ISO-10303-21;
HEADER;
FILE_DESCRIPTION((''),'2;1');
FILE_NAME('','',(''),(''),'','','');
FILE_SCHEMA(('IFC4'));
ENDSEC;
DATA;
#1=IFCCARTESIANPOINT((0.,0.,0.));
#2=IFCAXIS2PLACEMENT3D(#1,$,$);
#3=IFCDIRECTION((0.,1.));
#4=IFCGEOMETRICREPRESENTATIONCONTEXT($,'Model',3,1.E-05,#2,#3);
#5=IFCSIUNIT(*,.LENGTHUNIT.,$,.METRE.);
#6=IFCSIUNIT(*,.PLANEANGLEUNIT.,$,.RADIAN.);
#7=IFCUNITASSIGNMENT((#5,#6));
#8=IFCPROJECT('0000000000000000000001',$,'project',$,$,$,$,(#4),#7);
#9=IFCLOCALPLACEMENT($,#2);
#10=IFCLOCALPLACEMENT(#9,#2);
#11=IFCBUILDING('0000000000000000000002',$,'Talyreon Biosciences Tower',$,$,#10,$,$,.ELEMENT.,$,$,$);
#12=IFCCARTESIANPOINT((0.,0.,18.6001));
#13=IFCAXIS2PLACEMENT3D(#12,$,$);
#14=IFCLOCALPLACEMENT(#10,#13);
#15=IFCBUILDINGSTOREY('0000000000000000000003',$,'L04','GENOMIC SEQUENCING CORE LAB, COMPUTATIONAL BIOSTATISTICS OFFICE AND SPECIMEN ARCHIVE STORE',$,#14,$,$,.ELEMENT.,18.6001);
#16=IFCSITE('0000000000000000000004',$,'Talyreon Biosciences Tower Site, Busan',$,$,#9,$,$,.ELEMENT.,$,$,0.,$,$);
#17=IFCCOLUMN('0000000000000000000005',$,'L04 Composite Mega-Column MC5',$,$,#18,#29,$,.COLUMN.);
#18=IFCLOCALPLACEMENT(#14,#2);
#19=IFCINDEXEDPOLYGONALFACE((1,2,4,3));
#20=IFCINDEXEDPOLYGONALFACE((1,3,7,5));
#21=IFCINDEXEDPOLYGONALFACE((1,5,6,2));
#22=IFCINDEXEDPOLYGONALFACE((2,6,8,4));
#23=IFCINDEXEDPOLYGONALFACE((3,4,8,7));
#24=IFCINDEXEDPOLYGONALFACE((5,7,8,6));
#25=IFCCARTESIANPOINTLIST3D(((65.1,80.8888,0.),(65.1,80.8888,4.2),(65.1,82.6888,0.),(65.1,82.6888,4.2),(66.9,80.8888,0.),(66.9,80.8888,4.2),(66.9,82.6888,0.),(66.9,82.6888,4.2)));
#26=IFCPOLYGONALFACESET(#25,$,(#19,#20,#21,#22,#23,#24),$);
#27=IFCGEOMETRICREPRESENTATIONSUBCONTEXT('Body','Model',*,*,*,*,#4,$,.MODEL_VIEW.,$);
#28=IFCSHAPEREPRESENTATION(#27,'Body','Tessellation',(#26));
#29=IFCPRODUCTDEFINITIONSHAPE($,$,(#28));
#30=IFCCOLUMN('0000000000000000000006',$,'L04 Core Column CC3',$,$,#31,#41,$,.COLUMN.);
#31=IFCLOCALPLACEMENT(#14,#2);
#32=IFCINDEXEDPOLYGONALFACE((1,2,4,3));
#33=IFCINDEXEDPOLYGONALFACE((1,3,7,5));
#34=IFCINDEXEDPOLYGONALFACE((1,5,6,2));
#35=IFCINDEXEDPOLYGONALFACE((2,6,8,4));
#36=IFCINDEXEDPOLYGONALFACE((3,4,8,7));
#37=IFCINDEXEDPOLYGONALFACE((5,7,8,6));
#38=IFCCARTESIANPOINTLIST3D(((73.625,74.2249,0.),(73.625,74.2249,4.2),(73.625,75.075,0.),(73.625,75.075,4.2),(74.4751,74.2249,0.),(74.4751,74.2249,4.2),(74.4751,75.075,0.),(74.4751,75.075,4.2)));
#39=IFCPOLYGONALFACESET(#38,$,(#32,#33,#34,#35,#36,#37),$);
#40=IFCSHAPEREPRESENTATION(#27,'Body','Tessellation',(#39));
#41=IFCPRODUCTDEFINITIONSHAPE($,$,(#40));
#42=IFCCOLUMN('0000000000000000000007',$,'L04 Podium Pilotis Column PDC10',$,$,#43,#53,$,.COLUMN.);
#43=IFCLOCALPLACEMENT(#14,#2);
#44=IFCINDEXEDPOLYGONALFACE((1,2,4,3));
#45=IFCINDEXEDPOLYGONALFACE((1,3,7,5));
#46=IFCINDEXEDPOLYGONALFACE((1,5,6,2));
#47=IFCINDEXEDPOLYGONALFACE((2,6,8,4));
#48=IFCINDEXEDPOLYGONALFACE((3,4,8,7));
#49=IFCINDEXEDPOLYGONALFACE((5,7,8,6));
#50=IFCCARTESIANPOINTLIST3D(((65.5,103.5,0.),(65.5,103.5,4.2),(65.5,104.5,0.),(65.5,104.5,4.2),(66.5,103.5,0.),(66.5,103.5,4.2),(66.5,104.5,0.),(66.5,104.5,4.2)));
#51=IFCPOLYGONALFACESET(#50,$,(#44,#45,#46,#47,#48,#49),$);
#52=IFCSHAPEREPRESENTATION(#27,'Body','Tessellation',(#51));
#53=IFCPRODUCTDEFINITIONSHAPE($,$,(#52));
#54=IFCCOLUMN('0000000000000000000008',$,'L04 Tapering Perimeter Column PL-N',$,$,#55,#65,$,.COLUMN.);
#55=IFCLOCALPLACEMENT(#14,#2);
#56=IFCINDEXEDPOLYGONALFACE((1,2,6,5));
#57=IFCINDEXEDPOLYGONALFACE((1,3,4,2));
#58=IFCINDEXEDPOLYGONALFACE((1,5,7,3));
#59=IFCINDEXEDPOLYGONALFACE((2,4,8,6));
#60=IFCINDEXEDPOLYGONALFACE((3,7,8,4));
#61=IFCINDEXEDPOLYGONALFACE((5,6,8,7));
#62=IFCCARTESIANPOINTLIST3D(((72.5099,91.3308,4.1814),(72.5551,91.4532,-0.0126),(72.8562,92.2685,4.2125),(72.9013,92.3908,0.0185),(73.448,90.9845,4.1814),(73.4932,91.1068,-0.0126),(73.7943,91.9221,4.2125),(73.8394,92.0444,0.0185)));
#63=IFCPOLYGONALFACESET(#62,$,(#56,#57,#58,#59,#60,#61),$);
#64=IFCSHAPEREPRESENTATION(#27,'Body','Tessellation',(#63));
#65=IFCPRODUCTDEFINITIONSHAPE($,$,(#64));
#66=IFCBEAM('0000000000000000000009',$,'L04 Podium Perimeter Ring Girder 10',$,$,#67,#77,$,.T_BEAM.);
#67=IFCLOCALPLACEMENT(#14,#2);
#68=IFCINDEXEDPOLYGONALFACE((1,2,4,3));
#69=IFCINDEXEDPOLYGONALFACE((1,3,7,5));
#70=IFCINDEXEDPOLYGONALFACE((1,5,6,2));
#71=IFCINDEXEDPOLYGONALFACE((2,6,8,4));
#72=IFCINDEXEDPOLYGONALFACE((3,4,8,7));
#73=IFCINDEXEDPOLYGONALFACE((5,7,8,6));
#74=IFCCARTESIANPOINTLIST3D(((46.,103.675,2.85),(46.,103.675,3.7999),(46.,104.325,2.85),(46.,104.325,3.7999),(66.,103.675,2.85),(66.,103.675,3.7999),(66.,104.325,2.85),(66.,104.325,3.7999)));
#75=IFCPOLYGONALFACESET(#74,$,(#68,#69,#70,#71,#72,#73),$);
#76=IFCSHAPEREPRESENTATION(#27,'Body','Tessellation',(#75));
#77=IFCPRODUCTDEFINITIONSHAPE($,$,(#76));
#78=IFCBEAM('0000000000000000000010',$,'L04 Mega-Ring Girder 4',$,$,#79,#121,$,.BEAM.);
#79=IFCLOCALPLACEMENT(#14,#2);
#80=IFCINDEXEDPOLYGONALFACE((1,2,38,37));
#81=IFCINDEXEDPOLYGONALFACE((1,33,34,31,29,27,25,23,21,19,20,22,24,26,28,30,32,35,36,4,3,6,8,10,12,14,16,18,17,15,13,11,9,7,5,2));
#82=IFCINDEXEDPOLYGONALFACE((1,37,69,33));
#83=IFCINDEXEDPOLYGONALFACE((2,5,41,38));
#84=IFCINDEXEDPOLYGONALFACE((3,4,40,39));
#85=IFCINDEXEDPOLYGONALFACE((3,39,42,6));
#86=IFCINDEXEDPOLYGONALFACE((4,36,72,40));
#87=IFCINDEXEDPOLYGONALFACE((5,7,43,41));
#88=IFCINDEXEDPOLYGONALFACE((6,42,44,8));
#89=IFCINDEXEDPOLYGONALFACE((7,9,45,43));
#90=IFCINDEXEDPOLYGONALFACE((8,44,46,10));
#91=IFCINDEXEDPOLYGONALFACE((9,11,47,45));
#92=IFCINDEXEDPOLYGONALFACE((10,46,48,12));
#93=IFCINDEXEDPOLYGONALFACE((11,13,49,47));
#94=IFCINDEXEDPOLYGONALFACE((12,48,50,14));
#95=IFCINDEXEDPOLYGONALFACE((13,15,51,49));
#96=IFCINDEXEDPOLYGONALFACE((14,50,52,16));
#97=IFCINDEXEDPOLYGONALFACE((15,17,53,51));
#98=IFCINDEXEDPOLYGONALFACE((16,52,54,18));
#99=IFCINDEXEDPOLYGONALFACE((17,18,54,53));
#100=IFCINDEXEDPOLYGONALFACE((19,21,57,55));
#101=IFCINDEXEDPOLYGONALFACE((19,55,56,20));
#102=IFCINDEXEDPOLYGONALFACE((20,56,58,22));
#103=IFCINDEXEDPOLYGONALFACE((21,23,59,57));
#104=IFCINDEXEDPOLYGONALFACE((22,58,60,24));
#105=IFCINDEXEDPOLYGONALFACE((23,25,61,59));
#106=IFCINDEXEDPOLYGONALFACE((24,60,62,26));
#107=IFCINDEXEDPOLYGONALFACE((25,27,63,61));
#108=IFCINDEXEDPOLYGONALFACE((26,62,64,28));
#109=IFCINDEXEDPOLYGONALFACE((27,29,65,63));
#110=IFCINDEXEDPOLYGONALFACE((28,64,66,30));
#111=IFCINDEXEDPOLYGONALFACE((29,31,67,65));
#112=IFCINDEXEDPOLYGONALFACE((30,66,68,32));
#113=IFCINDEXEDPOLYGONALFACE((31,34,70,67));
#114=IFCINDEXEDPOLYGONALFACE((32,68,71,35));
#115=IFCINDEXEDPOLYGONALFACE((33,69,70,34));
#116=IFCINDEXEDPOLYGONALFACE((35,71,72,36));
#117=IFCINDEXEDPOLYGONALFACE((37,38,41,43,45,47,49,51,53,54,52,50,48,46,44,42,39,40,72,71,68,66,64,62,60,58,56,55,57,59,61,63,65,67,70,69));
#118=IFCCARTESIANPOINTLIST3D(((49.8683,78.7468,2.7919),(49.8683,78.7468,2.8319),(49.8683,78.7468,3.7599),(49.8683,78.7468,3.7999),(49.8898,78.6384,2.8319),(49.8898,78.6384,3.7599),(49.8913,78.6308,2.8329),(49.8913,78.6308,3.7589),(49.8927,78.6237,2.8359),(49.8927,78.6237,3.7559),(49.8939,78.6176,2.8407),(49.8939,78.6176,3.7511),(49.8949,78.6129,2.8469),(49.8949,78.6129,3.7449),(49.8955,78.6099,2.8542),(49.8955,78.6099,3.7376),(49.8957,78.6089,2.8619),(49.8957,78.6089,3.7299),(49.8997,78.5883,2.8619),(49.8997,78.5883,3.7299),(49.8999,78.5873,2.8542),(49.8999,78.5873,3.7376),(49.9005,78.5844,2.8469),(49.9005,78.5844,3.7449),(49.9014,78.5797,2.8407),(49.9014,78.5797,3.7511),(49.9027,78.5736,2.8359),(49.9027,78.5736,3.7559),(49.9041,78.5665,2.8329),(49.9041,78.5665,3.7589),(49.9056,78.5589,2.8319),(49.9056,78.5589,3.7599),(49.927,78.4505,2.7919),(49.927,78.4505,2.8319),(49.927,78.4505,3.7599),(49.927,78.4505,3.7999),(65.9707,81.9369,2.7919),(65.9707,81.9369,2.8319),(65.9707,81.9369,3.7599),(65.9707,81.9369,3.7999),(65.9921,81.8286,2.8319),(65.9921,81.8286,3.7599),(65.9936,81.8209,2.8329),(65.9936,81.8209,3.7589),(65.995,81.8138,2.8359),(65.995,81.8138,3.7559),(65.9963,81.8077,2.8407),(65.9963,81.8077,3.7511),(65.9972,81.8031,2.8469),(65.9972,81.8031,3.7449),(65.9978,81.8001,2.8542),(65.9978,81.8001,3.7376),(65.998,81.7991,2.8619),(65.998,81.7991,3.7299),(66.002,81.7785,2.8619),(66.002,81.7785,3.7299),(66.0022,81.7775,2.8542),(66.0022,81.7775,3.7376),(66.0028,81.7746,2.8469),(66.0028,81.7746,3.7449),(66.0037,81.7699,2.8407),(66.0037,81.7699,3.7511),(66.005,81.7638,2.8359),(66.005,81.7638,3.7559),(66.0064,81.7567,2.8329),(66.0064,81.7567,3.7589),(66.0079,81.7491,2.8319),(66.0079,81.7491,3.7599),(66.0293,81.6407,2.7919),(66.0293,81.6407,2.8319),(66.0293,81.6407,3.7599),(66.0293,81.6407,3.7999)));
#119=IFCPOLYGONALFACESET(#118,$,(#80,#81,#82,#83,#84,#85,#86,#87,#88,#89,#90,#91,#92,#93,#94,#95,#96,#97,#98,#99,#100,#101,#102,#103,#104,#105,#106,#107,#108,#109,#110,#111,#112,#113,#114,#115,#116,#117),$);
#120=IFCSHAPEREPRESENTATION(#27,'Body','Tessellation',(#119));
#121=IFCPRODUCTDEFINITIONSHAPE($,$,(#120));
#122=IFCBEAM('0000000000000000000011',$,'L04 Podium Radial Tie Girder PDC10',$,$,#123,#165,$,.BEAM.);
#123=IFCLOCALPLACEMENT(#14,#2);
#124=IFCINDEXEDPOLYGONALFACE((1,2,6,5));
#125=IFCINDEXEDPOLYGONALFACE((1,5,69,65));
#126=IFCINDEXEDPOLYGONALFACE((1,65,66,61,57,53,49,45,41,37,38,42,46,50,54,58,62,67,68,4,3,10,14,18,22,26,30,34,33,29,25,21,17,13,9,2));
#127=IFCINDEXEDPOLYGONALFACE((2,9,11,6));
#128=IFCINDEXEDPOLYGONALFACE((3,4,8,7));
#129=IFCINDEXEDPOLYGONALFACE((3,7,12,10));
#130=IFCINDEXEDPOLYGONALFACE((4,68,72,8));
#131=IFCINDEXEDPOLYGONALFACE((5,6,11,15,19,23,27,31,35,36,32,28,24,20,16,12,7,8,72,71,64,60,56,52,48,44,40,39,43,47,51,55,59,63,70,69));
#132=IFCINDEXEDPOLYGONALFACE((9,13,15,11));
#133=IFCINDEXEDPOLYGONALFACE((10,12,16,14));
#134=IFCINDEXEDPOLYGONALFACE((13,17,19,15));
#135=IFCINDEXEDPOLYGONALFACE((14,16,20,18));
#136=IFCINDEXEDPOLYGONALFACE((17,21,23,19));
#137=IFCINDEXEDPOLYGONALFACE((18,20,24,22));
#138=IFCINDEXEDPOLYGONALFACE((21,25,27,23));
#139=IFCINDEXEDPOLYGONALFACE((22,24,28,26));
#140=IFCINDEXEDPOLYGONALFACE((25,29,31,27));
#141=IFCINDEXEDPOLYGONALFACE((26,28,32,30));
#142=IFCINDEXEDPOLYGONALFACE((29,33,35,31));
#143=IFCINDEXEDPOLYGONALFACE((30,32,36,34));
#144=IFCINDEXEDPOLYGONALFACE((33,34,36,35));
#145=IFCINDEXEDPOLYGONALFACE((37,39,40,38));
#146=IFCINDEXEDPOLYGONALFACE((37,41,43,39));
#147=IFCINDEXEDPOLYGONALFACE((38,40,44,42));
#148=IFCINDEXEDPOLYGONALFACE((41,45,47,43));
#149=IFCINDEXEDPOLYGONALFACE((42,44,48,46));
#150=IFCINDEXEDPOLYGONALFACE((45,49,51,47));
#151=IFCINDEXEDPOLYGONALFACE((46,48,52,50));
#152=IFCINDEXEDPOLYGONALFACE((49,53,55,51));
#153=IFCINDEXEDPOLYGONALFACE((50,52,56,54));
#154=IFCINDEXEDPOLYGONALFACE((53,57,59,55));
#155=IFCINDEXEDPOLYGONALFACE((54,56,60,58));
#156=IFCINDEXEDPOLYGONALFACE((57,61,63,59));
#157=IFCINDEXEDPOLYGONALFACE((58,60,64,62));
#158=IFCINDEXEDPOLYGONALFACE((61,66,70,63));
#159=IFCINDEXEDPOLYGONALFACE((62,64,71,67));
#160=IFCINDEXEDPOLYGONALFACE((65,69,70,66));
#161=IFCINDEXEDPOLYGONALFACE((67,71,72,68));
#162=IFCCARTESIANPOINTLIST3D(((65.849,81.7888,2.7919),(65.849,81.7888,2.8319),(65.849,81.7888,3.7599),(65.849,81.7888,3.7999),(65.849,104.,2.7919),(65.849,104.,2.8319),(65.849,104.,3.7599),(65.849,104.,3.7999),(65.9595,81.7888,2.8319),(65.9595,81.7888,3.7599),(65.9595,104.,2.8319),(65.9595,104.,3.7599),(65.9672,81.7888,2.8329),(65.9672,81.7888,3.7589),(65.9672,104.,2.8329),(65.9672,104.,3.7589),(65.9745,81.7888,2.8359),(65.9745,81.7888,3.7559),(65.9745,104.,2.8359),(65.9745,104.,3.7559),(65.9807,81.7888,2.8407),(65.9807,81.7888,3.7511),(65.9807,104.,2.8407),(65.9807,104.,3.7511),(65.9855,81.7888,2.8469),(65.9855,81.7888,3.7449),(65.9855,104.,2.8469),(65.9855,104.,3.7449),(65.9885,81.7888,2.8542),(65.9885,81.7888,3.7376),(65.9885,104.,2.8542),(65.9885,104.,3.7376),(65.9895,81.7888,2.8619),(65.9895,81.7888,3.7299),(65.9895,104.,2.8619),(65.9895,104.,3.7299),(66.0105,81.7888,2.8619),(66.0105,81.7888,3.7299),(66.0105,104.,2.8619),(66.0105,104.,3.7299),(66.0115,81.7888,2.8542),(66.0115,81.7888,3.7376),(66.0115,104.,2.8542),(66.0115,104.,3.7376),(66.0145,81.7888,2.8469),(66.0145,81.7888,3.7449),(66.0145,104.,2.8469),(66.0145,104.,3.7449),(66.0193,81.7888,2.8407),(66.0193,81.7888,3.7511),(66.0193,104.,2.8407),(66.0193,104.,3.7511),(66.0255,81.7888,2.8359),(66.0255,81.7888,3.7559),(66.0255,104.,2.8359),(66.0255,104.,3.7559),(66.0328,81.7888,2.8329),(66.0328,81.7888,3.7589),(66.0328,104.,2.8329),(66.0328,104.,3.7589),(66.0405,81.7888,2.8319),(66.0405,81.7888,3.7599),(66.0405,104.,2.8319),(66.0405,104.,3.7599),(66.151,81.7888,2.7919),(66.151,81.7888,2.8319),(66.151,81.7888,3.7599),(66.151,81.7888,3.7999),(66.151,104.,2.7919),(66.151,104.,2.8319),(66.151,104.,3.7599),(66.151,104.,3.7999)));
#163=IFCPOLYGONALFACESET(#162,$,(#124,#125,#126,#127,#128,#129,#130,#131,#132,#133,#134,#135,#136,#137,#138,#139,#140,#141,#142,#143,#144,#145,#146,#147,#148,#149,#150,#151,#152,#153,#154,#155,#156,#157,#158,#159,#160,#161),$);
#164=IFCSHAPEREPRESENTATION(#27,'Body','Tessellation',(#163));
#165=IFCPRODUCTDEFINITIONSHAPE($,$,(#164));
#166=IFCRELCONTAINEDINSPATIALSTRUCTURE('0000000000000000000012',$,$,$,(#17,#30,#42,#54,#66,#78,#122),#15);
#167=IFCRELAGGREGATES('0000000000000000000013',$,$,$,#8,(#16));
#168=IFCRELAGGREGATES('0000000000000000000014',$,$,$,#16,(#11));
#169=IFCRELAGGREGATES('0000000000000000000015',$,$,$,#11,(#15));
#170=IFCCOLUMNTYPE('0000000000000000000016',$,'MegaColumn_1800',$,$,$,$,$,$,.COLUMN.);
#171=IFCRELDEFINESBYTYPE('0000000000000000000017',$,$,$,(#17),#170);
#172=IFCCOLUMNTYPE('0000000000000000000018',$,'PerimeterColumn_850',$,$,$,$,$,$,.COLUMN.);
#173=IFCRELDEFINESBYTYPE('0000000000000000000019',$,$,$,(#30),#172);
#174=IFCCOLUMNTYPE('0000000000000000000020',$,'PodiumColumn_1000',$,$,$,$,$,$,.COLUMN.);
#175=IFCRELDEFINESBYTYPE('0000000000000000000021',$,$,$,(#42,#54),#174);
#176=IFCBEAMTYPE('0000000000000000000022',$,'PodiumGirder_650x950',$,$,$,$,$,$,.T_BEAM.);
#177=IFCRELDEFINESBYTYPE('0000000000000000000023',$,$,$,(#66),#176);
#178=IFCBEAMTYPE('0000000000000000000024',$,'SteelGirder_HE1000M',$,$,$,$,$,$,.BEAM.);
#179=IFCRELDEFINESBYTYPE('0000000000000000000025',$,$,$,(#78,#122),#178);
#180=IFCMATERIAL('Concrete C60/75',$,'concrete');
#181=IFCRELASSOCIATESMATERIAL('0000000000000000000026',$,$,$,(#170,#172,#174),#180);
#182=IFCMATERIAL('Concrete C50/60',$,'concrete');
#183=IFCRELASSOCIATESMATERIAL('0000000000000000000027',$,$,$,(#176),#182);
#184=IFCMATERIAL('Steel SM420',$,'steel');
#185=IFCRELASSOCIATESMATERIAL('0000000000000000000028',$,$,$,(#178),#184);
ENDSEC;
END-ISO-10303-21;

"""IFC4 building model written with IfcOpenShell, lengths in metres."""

from ifc_helpers import new_model, si_unit, direction, frame, origin, origin_2d, place, context, subcontext, project, spatial, rectangle, i_section, extrude, material, material_profile, profile_set, type_object, element, save


model = new_model("IFC4")

# Units and contexts
model_context = context("Model", 3, precision=1e-05, world=origin(), true_north=direction((0.0, 1.0)))
body_context = subcontext(model_context, "Body", "Model", "MODEL_VIEW")
ifc_project = project(units=[si_unit("LENGTHUNIT", "METRE"), si_unit("PLANEANGLEUNIT", "RADIAN")], contexts=[model_context])

# Site, building, storey
site_placement = place(None, origin())
site = spatial("IfcSite", under=ifc_project, at=site_placement, Name="Talyreon Biosciences Tower Site, Busan", CompositionType="ELEMENT", RefElevation=0.0)
building_placement = place(site_placement, origin())
building = spatial("IfcBuilding", under=site, at=building_placement, Name="Talyreon Biosciences Tower", CompositionType="ELEMENT")
storey_placement = place(building_placement, frame((0.0, 0.0, 18.6001)))
storey = spatial("IfcBuildingStorey", under=building, at=storey_placement, Name="L04", Description="GENOMIC SEQUENCING CORE LAB, COMPUTATIONAL BIOSTATISTICS OFFICE AND SPECIMEN ARCHIVE STORE", CompositionType="ELEMENT", Elevation=18.6001)

# Columns
ifc_material_1 = material(Name="Concrete C60/75", Category="concrete")
ifc_material_profile_1 = material_profile(ifc_material_1, rectangle(XDim=1.8, YDim=1.8, at=origin_2d()), Name="RC 1800x1800")
ifc_profile_set_1 = profile_set([ifc_material_profile_1], Name="Concrete C60/75")
column_type_1 = type_object("IfcColumnType", Name="MegaColumn_1800", PredefinedType="COLUMN", material=ifc_profile_set_1)
column_1_placement = place(storey_placement, frame((66.0, 81.7888, 0.0), z_axis=(0.0, 0.0, 1.0), x_axis=(1.0, 0.0, 0.0)))
element("IfcColumn", 1, at=column_1_placement, inside=storey, type_object=column_type_1, Name="L04 Composite Mega-Column MC5", PredefinedType="COLUMN", context=body_context, shape_type="SweptSolid", body=[
    extrude(rectangle(XDim=1.8, YDim=1.8, at=origin_2d()), origin(), (0.0, 0.0, 1.0), 4.2),
])
ifc_material_profile_2 = material_profile(ifc_material_1, rectangle(XDim=0.8501, YDim=0.8501, at=origin_2d()), Name="RC 850x850")
ifc_profile_set_2 = profile_set([ifc_material_profile_2], Name="Concrete C60/75")
column_type_2 = type_object("IfcColumnType", Name="PerimeterColumn_850", PredefinedType="COLUMN", material=ifc_profile_set_2)
column_2_placement = place(storey_placement, frame((74.05, 74.6499, 0.0), z_axis=(0.0, 0.0, 1.0), x_axis=(1.0, 0.0, 0.0)))
element("IfcColumn", 2, at=column_2_placement, inside=storey, type_object=column_type_2, Name="L04 Core Column CC3", PredefinedType="COLUMN", context=body_context, shape_type="SweptSolid", body=[
    extrude(rectangle(XDim=0.8501, YDim=0.8501, at=origin_2d()), origin(), (0.0, 0.0, 1.0), 4.2),
])
ifc_material_profile_3 = material_profile(ifc_material_1, rectangle(XDim=1.0, YDim=1.0, at=origin_2d()), Name="RC 1000x1000")
ifc_profile_set_3 = profile_set([ifc_material_profile_3], Name="Concrete C60/75")
column_type_3 = type_object("IfcColumnType", Name="PodiumColumn_1000", PredefinedType="COLUMN", material=ifc_profile_set_3)
column_3_placement = place(storey_placement, frame((66.0, 104.0, 0.0), z_axis=(0.0, 0.0, 1.0), x_axis=(1.0, 0.0, 0.0)))
element("IfcColumn", 3, at=column_3_placement, inside=storey, type_object=column_type_3, Name="L04 Podium Pilotis Column PDC10", PredefinedType="COLUMN", context=body_context, shape_type="SweptSolid", body=[
    extrude(rectangle(XDim=1.0, YDim=1.0, at=origin_2d()), origin(), (0.0, 0.0, 1.0), 4.2),
])
column_4_placement = place(storey_placement, frame((73.1973, 91.7488, 0.0029), z_axis=(-0.010764, -0.029149, 0.999517), x_axis=(-0.938087, 0.346399, 0.0)))
element("IfcColumn", 4, at=column_4_placement, inside=storey, type_object=column_type_3, Name="L04 Tapering Perimeter Column PL-N", PredefinedType="COLUMN", context=body_context, shape_type="SweptSolid", body=[
    extrude(rectangle(XDim=1.0, YDim=1.0, at=origin_2d()), origin(), (0.0, 0.0, 1.0), 4.196),
])

# Beams
ifc_material_2 = material(Name="Concrete C50/60", Category="concrete")
ifc_material_profile_4 = material_profile(ifc_material_2, rectangle(XDim=0.6499, YDim=0.95, at=origin_2d()), Name="RCB 650x950")
ifc_profile_set_4 = profile_set([ifc_material_profile_4], Name="Concrete C50/60")
beam_type_1 = type_object("IfcBeamType", Name="PodiumGirder_650x950", PredefinedType="T_BEAM", material=ifc_profile_set_4)
beam_1_placement = place(storey_placement, frame((66.0, 104.0, 3.325), z_axis=(-1.0, 0.0, 0.0), x_axis=(0.0, -1.0, 0.0)))
element("IfcBeam", 5, at=beam_1_placement, inside=storey, type_object=beam_type_1, Name="L04 Podium Perimeter Ring Girder 10", PredefinedType="T_BEAM", context=body_context, shape_type="SweptSolid", body=[
    extrude(rectangle(XDim=0.6499, YDim=0.95, at=origin_2d()), origin(), (0.0, 0.0, 1.0), 20.0),
])
ifc_material_3 = material(Name="Steel SM420", Category="steel")
ifc_material_profile_5 = material_profile(ifc_material_3, i_section(OverallWidth=0.302, OverallDepth=1.0081, WebThickness=0.021, FlangeThickness=0.04, FilletRadius=0.03, at=origin_2d()), Name="HE1000M")
ifc_profile_set_5 = profile_set([ifc_material_profile_5], Name="Steel SM420")
beam_type_2 = type_object("IfcBeamType", Name="SteelGirder_HE1000M", PredefinedType="BEAM", material=ifc_profile_set_5)
beam_2_placement = place(storey_placement, frame((66.0, 81.7888, 3.2959), z_axis=(-0.980934, -0.194343, 0.0), x_axis=(0.194343, -0.980934, 0.0)))
element("IfcBeam", 6, at=beam_2_placement, inside=storey, type_object=beam_type_2, Name="L04 Mega-Ring Girder 4", PredefinedType="BEAM", context=body_context, shape_type="SweptSolid", body=[
    extrude(i_section(OverallWidth=0.302, OverallDepth=1.0081, WebThickness=0.021, FlangeThickness=0.04, FilletRadius=0.03, at=origin_2d()), origin(), (0.0, 0.0, 1.0), 16.4153),
])
beam_3_placement = place(storey_placement, frame((66.0, 81.7888, 3.2959), z_axis=(0.0, 1.0, 0.0), x_axis=(-1.0, 0.0, 0.0)))
element("IfcBeam", 7, at=beam_3_placement, inside=storey, type_object=beam_type_2, Name="L04 Podium Radial Tie Girder PDC10", PredefinedType="BEAM", context=body_context, shape_type="SweptSolid", body=[
    extrude(i_section(OverallWidth=0.302, OverallDepth=1.0081, WebThickness=0.021, FlangeThickness=0.04, FilletRadius=0.03, at=origin_2d()), origin(), (0.0, 0.0, 1.0), 22.2112),
])

save(model, "model.ifc")
